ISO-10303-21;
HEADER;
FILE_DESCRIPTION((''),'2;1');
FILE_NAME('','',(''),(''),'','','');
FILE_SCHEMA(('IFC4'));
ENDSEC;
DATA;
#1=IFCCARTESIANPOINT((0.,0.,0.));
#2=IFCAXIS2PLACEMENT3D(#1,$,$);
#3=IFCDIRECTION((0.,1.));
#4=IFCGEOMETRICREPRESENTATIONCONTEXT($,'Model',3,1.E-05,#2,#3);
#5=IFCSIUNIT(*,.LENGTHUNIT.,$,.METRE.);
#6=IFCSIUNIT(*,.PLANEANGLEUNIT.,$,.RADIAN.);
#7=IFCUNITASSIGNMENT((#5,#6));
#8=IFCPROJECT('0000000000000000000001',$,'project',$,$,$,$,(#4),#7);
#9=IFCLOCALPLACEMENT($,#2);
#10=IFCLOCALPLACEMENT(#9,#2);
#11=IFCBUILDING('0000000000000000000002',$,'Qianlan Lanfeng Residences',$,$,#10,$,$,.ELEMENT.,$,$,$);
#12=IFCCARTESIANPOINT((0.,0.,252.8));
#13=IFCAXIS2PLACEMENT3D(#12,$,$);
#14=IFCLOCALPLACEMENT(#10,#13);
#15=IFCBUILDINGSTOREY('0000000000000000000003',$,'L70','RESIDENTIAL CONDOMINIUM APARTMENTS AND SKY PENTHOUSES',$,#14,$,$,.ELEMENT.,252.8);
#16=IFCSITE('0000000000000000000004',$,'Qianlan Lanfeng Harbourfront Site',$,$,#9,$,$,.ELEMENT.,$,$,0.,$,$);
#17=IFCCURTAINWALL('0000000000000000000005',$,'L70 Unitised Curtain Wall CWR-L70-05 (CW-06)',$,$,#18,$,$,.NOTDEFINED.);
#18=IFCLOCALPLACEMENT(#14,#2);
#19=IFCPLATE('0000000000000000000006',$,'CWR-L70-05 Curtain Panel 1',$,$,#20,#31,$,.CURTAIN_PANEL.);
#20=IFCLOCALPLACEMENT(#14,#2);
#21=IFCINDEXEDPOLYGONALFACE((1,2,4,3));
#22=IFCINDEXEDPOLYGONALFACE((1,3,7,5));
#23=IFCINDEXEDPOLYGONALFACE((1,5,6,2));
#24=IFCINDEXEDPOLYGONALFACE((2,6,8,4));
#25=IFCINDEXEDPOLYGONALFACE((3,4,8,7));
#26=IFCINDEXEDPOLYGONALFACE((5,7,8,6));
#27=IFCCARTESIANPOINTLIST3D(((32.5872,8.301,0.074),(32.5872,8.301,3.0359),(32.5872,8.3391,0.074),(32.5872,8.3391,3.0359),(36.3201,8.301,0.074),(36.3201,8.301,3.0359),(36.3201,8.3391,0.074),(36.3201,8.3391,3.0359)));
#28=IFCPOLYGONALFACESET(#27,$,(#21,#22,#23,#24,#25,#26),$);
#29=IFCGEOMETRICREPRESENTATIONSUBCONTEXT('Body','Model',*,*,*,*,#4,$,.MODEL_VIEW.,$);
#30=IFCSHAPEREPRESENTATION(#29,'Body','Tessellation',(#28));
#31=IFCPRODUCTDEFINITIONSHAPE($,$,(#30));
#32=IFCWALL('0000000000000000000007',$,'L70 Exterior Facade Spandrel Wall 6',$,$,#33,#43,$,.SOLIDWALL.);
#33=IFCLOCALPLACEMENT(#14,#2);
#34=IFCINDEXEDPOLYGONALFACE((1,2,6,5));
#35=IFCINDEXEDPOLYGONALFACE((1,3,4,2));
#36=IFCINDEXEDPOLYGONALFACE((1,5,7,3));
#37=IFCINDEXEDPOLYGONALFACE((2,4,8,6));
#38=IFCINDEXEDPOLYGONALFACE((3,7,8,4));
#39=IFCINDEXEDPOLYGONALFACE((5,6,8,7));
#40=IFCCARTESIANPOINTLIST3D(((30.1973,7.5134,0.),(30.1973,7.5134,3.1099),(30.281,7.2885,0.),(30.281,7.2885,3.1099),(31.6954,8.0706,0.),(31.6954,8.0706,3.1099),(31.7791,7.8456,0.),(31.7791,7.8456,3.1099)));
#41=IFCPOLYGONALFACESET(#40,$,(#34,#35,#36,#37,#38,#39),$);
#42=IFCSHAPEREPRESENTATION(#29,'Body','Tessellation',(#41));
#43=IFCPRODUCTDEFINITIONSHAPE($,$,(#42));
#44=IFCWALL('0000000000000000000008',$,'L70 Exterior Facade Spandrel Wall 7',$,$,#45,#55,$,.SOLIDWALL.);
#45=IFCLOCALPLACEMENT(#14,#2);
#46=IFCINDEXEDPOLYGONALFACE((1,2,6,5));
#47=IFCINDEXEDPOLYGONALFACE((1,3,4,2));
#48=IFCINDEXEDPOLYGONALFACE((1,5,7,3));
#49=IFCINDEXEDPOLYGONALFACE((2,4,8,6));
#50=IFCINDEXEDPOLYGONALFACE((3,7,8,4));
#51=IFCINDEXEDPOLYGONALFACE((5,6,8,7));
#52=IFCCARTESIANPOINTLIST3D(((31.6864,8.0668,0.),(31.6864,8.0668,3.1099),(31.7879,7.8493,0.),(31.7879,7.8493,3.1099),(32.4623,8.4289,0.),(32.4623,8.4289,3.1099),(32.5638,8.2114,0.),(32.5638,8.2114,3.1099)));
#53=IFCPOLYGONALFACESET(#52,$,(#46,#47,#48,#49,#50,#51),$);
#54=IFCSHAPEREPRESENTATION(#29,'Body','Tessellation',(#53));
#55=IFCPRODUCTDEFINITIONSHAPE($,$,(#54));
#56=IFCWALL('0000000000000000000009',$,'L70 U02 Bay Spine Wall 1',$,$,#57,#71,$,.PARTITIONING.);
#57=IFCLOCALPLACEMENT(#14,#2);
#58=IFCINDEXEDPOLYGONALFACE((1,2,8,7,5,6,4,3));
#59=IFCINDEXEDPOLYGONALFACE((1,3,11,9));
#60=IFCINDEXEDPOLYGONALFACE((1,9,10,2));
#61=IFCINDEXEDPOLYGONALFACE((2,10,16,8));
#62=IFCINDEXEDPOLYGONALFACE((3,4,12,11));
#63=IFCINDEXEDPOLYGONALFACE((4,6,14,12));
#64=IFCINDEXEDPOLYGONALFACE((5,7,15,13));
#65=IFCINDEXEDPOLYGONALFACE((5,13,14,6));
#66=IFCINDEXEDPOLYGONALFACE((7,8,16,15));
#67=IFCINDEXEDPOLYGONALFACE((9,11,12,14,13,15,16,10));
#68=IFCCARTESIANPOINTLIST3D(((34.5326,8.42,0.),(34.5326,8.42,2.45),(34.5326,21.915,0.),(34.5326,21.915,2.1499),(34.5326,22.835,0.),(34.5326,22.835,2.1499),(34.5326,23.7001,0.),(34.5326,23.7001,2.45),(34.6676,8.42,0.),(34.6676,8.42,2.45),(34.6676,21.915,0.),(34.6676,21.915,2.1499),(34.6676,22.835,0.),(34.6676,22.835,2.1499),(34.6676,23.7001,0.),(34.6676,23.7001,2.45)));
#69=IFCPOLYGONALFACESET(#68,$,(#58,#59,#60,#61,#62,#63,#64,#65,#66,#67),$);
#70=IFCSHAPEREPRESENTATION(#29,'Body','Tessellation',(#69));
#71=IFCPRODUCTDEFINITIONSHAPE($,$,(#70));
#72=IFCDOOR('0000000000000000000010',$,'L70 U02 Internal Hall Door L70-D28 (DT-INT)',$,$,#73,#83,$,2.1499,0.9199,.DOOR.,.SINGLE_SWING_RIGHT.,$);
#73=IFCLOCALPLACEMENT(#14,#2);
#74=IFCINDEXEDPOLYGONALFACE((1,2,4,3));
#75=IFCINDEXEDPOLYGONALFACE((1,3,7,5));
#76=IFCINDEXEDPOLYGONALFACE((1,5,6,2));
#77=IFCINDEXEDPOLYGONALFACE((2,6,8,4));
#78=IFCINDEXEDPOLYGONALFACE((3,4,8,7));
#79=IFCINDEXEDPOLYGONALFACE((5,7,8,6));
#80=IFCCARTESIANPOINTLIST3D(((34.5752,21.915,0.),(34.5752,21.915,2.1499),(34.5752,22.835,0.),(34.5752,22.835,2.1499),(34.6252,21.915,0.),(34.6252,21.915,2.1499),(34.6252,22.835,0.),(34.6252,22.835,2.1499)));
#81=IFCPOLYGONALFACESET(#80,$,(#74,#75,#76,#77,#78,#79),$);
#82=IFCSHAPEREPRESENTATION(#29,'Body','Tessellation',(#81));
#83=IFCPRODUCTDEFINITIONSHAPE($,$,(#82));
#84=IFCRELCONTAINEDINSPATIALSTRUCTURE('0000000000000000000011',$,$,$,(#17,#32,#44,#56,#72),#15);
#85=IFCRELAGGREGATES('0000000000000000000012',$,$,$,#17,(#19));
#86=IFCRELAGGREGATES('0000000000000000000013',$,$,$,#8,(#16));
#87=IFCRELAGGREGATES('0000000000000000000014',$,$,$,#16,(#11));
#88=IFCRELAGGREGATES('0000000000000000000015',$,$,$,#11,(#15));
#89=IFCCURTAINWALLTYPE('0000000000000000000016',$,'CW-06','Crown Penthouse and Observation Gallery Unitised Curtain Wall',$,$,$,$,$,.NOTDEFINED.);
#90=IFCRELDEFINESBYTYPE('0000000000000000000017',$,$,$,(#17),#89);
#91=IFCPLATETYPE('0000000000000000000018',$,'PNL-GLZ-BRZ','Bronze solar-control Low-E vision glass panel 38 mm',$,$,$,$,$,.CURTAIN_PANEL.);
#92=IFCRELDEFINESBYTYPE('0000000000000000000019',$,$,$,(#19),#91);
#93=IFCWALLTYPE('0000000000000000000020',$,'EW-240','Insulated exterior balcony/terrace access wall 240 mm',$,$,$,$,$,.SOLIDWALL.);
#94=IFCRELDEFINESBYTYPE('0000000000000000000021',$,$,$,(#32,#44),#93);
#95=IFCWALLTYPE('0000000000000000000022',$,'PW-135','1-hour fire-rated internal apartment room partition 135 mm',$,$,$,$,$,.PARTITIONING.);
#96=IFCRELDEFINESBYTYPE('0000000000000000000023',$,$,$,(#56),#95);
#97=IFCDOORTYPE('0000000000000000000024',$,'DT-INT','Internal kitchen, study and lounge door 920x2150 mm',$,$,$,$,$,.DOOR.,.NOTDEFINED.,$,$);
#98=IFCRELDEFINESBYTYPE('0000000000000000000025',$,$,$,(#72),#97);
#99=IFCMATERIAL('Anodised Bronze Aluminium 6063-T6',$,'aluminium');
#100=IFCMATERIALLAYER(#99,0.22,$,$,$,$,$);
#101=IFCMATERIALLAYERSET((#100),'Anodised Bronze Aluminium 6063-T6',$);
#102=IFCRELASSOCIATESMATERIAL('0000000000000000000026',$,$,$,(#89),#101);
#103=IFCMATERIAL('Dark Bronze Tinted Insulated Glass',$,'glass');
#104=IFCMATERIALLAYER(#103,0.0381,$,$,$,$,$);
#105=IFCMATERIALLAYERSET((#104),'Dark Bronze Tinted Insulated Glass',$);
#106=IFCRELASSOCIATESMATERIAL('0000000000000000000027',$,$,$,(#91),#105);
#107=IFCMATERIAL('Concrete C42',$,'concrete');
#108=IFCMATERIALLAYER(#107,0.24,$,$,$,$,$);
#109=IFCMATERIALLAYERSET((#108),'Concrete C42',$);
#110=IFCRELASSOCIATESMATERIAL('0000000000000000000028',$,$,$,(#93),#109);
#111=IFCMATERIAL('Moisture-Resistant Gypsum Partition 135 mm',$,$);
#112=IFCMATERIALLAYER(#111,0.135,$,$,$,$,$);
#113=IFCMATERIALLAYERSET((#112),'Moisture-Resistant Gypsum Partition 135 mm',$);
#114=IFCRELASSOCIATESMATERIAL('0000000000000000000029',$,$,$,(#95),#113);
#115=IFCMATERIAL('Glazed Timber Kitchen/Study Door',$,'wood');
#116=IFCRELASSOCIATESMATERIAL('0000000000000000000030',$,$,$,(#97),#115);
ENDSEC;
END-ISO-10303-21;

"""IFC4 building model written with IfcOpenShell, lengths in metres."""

from ifc_helpers import new_model, si_unit, direction, frame, frame_2d, origin, origin_2d, place, context, subcontext, project, spatial, rectangle, extrude, source, transform, mapped, material, layer, layer_set, type_object, element, fill, aggregate, save


model = new_model("IFC4")

# Units and contexts
model_context = context("Model", 3, precision=1e-05, world=origin(), true_north=direction((0.0, 1.0)))
body_context = subcontext(model_context, "Body", "Model", "MODEL_VIEW")
ifc_project = project(units=[si_unit("LENGTHUNIT", "METRE"), si_unit("PLANEANGLEUNIT", "RADIAN")], contexts=[model_context])

# Site, building, storey
site_placement = place(None, origin())
site = spatial("IfcSite", under=ifc_project, at=site_placement, Name="Qianlan Lanfeng Harbourfront Site", CompositionType="ELEMENT", RefElevation=0.0)
building_placement = place(site_placement, origin())
building = spatial("IfcBuilding", under=site, at=building_placement, Name="Qianlan Lanfeng Residences", CompositionType="ELEMENT")
storey_placement = place(building_placement, frame((0.0, 0.0, 252.8)))
storey = spatial("IfcBuildingStorey", under=building, at=storey_placement, Name="L70", Description="RESIDENTIAL CONDOMINIUM APARTMENTS AND SKY PENTHOUSES", CompositionType="ELEMENT", Elevation=252.8)

# Shared definitions
ifc_material_1 = material(Name="Anodised Bronze Aluminium 6063-T6", Category="aluminium")
ifc_layer_1 = layer(ifc_material_1, 0.22)
ifc_layer_set_1 = layer_set([ifc_layer_1], Name="Anodised Bronze Aluminium 6063-T6")
curtain_wall_type = type_object("IfcCurtainWallType", Name="CW-06", Description="Crown Penthouse and Observation Gallery Unitised Curtain Wall", PredefinedType="NOTDEFINED", material=ifc_layer_set_1)

# Curtain wall, plate
curtain_wall_1_placement = place(storey_placement, origin())
curtain_wall_1 = element("IfcCurtainWall", 1, at=curtain_wall_1_placement, inside=storey, type_object=curtain_wall_type, Name="L70 Unitised Curtain Wall CWR-L70-05 (CW-06)", PredefinedType="NOTDEFINED")
ifc_material_2 = material(Name="Dark Bronze Tinted Insulated Glass", Category="glass")
ifc_layer_2 = layer(ifc_material_2, 0.0381)
ifc_layer_set_2 = layer_set([ifc_layer_2], Name="Dark Bronze Tinted Insulated Glass")
plate_type = type_object("IfcPlateType", Name="PNL-GLZ-BRZ", Description="Bronze solar-control Low-E vision glass panel 38 mm", PredefinedType="CURTAIN_PANEL", material=ifc_layer_set_2)
shared_shape_1 = source(origin(), body_context, "Body", "SweptSolid", [
    extrude(rectangle(XDim=3.7329, YDim=0.0381, at=origin_2d()), origin(), (0.0, 0.0, 1.0), 2.9619),
])
plate_placement = place(storey_placement, frame((34.4536, 8.3201, 0.074), z_axis=(0.0, 0.0, 1.0), x_axis=(1.0, 0.0, 0.0)))
plate = element("IfcPlate", 2, at=plate_placement, type_object=plate_type, Name="CWR-L70-05 Curtain Panel 1", PredefinedType="CURTAIN_PANEL", context=body_context, shape_type="MappedRepresentation", body=[
    mapped(shared_shape_1, transform((0.0, 0.0, 0.0), scale=1.0)),
])
aggregate(curtain_wall_1, [plate])

# Walls
ifc_material_3 = material(Name="Concrete C42", Category="concrete")
ifc_layer_3 = layer(ifc_material_3, 0.24)
ifc_layer_set_3 = layer_set([ifc_layer_3], Name="Concrete C42")
wall_type_1 = type_object("IfcWallType", Name="EW-240", Description="Insulated exterior balcony/terrace access wall 240 mm", PredefinedType="SOLIDWALL", material=ifc_layer_set_3)
wall_1_placement = place(storey_placement, frame((30.239, 7.4009, 0.0), z_axis=(0.0, 0.0, 1.0), x_axis=(0.93728, 0.348578, 0.0)))
element("IfcWall", 3, at=wall_1_placement, inside=storey, type_object=wall_type_1, Name="L70 Exterior Facade Spandrel Wall 6", PredefinedType="SOLIDWALL", context=body_context, shape_type="SweptSolid", body=[
    extrude(rectangle(XDim=1.5984, YDim=0.24, at=frame_2d((0.7993, 0.0))), origin(), (0.0, 0.0, 1.0), 3.1099),
])
wall_2_placement = place(storey_placement, frame((31.7371, 7.958, 0.0), z_axis=(0.0, 0.0, 1.0), x_axis=(0.90619, 0.42287, 0.0)))
element("IfcWall", 4, at=wall_2_placement, inside=storey, type_object=wall_type_1, Name="L70 Exterior Facade Spandrel Wall 7", PredefinedType="SOLIDWALL", context=body_context, shape_type="SweptSolid", body=[
    extrude(rectangle(XDim=0.8562, YDim=0.24, at=frame_2d((0.4282, 0.0))), origin(), (0.0, 0.0, 1.0), 3.1099),
])

# Wall, opening, door
ifc_material_4 = material(Name="Moisture-Resistant Gypsum Partition 135 mm")
ifc_layer_4 = layer(ifc_material_4, 0.135)
ifc_layer_set_4 = layer_set([ifc_layer_4], Name="Moisture-Resistant Gypsum Partition 135 mm")
wall_type_2 = type_object("IfcWallType", Name="PW-135", Description="1-hour fire-rated internal apartment room partition 135 mm", PredefinedType="PARTITIONING", material=ifc_layer_set_4)
wall_3_placement = place(storey_placement, frame((34.6001, 8.4199, 0.0), z_axis=(0.0, 0.0, 1.0), x_axis=(0.0, 1.0, 0.0)))
wall_3 = element("IfcWall", 5, at=wall_3_placement, inside=storey, type_object=wall_type_2, Name="L70 U02 Bay Spine Wall 1", PredefinedType="PARTITIONING", context=body_context, shape_type="SweptSolid", body=[
    extrude(rectangle(XDim=15.28, YDim=0.135, at=frame_2d((7.6401, 0.0))), origin(), (0.0, 0.0, 1.0), 2.45),
])
opening_1_placement = place(wall_3_placement, frame((13.4951, 0.0, 0.0)))
opening_1 = element("IfcOpeningElement", 6, at=opening_1_placement, cuts=wall_3, PredefinedType="OPENING", context=body_context, shape_type="SweptSolid", body=[
    extrude(rectangle(XDim=0.9199, YDim=2.1499, at=frame_2d((0.46, 1.075))), frame((0.0, 0.0776, 0.0), z_axis=(0.0, -1.0, 0.0), x_axis=(1.0, 0.0, 0.0)), (0.0, 0.0, 1.0), 0.155),
])
ifc_material_5 = material(Name="Glazed Timber Kitchen/Study Door", Category="wood")
door_type_1 = type_object("IfcDoorType", Name="DT-INT", Description="Internal kitchen, study and lounge door 920x2150 mm", OperationType="NOTDEFINED", PredefinedType="DOOR", material=ifc_material_5)
door_1_placement = place(opening_1_placement, origin())
door_1 = element("IfcDoor", 7, at=door_1_placement, inside=storey, type_object=door_type_1, Name="L70 U02 Internal Hall Door L70-D28 (DT-INT)", OperationType="SINGLE_SWING_RIGHT", OverallHeight=2.1499, OverallWidth=0.9199, PredefinedType="DOOR", context=body_context, shape_type="SweptSolid", body=[
    extrude(rectangle(XDim=0.9199, YDim=2.1499, at=frame_2d((0.46, 1.075))), frame((0.0, 0.0249, 0.0), z_axis=(0.0, -1.0, 0.0), x_axis=(1.0, 0.0, 0.0)), (0.0, 0.0, 1.0), 0.05),
])
fill(opening_1, door_1)

save(model, "model.ifc")
